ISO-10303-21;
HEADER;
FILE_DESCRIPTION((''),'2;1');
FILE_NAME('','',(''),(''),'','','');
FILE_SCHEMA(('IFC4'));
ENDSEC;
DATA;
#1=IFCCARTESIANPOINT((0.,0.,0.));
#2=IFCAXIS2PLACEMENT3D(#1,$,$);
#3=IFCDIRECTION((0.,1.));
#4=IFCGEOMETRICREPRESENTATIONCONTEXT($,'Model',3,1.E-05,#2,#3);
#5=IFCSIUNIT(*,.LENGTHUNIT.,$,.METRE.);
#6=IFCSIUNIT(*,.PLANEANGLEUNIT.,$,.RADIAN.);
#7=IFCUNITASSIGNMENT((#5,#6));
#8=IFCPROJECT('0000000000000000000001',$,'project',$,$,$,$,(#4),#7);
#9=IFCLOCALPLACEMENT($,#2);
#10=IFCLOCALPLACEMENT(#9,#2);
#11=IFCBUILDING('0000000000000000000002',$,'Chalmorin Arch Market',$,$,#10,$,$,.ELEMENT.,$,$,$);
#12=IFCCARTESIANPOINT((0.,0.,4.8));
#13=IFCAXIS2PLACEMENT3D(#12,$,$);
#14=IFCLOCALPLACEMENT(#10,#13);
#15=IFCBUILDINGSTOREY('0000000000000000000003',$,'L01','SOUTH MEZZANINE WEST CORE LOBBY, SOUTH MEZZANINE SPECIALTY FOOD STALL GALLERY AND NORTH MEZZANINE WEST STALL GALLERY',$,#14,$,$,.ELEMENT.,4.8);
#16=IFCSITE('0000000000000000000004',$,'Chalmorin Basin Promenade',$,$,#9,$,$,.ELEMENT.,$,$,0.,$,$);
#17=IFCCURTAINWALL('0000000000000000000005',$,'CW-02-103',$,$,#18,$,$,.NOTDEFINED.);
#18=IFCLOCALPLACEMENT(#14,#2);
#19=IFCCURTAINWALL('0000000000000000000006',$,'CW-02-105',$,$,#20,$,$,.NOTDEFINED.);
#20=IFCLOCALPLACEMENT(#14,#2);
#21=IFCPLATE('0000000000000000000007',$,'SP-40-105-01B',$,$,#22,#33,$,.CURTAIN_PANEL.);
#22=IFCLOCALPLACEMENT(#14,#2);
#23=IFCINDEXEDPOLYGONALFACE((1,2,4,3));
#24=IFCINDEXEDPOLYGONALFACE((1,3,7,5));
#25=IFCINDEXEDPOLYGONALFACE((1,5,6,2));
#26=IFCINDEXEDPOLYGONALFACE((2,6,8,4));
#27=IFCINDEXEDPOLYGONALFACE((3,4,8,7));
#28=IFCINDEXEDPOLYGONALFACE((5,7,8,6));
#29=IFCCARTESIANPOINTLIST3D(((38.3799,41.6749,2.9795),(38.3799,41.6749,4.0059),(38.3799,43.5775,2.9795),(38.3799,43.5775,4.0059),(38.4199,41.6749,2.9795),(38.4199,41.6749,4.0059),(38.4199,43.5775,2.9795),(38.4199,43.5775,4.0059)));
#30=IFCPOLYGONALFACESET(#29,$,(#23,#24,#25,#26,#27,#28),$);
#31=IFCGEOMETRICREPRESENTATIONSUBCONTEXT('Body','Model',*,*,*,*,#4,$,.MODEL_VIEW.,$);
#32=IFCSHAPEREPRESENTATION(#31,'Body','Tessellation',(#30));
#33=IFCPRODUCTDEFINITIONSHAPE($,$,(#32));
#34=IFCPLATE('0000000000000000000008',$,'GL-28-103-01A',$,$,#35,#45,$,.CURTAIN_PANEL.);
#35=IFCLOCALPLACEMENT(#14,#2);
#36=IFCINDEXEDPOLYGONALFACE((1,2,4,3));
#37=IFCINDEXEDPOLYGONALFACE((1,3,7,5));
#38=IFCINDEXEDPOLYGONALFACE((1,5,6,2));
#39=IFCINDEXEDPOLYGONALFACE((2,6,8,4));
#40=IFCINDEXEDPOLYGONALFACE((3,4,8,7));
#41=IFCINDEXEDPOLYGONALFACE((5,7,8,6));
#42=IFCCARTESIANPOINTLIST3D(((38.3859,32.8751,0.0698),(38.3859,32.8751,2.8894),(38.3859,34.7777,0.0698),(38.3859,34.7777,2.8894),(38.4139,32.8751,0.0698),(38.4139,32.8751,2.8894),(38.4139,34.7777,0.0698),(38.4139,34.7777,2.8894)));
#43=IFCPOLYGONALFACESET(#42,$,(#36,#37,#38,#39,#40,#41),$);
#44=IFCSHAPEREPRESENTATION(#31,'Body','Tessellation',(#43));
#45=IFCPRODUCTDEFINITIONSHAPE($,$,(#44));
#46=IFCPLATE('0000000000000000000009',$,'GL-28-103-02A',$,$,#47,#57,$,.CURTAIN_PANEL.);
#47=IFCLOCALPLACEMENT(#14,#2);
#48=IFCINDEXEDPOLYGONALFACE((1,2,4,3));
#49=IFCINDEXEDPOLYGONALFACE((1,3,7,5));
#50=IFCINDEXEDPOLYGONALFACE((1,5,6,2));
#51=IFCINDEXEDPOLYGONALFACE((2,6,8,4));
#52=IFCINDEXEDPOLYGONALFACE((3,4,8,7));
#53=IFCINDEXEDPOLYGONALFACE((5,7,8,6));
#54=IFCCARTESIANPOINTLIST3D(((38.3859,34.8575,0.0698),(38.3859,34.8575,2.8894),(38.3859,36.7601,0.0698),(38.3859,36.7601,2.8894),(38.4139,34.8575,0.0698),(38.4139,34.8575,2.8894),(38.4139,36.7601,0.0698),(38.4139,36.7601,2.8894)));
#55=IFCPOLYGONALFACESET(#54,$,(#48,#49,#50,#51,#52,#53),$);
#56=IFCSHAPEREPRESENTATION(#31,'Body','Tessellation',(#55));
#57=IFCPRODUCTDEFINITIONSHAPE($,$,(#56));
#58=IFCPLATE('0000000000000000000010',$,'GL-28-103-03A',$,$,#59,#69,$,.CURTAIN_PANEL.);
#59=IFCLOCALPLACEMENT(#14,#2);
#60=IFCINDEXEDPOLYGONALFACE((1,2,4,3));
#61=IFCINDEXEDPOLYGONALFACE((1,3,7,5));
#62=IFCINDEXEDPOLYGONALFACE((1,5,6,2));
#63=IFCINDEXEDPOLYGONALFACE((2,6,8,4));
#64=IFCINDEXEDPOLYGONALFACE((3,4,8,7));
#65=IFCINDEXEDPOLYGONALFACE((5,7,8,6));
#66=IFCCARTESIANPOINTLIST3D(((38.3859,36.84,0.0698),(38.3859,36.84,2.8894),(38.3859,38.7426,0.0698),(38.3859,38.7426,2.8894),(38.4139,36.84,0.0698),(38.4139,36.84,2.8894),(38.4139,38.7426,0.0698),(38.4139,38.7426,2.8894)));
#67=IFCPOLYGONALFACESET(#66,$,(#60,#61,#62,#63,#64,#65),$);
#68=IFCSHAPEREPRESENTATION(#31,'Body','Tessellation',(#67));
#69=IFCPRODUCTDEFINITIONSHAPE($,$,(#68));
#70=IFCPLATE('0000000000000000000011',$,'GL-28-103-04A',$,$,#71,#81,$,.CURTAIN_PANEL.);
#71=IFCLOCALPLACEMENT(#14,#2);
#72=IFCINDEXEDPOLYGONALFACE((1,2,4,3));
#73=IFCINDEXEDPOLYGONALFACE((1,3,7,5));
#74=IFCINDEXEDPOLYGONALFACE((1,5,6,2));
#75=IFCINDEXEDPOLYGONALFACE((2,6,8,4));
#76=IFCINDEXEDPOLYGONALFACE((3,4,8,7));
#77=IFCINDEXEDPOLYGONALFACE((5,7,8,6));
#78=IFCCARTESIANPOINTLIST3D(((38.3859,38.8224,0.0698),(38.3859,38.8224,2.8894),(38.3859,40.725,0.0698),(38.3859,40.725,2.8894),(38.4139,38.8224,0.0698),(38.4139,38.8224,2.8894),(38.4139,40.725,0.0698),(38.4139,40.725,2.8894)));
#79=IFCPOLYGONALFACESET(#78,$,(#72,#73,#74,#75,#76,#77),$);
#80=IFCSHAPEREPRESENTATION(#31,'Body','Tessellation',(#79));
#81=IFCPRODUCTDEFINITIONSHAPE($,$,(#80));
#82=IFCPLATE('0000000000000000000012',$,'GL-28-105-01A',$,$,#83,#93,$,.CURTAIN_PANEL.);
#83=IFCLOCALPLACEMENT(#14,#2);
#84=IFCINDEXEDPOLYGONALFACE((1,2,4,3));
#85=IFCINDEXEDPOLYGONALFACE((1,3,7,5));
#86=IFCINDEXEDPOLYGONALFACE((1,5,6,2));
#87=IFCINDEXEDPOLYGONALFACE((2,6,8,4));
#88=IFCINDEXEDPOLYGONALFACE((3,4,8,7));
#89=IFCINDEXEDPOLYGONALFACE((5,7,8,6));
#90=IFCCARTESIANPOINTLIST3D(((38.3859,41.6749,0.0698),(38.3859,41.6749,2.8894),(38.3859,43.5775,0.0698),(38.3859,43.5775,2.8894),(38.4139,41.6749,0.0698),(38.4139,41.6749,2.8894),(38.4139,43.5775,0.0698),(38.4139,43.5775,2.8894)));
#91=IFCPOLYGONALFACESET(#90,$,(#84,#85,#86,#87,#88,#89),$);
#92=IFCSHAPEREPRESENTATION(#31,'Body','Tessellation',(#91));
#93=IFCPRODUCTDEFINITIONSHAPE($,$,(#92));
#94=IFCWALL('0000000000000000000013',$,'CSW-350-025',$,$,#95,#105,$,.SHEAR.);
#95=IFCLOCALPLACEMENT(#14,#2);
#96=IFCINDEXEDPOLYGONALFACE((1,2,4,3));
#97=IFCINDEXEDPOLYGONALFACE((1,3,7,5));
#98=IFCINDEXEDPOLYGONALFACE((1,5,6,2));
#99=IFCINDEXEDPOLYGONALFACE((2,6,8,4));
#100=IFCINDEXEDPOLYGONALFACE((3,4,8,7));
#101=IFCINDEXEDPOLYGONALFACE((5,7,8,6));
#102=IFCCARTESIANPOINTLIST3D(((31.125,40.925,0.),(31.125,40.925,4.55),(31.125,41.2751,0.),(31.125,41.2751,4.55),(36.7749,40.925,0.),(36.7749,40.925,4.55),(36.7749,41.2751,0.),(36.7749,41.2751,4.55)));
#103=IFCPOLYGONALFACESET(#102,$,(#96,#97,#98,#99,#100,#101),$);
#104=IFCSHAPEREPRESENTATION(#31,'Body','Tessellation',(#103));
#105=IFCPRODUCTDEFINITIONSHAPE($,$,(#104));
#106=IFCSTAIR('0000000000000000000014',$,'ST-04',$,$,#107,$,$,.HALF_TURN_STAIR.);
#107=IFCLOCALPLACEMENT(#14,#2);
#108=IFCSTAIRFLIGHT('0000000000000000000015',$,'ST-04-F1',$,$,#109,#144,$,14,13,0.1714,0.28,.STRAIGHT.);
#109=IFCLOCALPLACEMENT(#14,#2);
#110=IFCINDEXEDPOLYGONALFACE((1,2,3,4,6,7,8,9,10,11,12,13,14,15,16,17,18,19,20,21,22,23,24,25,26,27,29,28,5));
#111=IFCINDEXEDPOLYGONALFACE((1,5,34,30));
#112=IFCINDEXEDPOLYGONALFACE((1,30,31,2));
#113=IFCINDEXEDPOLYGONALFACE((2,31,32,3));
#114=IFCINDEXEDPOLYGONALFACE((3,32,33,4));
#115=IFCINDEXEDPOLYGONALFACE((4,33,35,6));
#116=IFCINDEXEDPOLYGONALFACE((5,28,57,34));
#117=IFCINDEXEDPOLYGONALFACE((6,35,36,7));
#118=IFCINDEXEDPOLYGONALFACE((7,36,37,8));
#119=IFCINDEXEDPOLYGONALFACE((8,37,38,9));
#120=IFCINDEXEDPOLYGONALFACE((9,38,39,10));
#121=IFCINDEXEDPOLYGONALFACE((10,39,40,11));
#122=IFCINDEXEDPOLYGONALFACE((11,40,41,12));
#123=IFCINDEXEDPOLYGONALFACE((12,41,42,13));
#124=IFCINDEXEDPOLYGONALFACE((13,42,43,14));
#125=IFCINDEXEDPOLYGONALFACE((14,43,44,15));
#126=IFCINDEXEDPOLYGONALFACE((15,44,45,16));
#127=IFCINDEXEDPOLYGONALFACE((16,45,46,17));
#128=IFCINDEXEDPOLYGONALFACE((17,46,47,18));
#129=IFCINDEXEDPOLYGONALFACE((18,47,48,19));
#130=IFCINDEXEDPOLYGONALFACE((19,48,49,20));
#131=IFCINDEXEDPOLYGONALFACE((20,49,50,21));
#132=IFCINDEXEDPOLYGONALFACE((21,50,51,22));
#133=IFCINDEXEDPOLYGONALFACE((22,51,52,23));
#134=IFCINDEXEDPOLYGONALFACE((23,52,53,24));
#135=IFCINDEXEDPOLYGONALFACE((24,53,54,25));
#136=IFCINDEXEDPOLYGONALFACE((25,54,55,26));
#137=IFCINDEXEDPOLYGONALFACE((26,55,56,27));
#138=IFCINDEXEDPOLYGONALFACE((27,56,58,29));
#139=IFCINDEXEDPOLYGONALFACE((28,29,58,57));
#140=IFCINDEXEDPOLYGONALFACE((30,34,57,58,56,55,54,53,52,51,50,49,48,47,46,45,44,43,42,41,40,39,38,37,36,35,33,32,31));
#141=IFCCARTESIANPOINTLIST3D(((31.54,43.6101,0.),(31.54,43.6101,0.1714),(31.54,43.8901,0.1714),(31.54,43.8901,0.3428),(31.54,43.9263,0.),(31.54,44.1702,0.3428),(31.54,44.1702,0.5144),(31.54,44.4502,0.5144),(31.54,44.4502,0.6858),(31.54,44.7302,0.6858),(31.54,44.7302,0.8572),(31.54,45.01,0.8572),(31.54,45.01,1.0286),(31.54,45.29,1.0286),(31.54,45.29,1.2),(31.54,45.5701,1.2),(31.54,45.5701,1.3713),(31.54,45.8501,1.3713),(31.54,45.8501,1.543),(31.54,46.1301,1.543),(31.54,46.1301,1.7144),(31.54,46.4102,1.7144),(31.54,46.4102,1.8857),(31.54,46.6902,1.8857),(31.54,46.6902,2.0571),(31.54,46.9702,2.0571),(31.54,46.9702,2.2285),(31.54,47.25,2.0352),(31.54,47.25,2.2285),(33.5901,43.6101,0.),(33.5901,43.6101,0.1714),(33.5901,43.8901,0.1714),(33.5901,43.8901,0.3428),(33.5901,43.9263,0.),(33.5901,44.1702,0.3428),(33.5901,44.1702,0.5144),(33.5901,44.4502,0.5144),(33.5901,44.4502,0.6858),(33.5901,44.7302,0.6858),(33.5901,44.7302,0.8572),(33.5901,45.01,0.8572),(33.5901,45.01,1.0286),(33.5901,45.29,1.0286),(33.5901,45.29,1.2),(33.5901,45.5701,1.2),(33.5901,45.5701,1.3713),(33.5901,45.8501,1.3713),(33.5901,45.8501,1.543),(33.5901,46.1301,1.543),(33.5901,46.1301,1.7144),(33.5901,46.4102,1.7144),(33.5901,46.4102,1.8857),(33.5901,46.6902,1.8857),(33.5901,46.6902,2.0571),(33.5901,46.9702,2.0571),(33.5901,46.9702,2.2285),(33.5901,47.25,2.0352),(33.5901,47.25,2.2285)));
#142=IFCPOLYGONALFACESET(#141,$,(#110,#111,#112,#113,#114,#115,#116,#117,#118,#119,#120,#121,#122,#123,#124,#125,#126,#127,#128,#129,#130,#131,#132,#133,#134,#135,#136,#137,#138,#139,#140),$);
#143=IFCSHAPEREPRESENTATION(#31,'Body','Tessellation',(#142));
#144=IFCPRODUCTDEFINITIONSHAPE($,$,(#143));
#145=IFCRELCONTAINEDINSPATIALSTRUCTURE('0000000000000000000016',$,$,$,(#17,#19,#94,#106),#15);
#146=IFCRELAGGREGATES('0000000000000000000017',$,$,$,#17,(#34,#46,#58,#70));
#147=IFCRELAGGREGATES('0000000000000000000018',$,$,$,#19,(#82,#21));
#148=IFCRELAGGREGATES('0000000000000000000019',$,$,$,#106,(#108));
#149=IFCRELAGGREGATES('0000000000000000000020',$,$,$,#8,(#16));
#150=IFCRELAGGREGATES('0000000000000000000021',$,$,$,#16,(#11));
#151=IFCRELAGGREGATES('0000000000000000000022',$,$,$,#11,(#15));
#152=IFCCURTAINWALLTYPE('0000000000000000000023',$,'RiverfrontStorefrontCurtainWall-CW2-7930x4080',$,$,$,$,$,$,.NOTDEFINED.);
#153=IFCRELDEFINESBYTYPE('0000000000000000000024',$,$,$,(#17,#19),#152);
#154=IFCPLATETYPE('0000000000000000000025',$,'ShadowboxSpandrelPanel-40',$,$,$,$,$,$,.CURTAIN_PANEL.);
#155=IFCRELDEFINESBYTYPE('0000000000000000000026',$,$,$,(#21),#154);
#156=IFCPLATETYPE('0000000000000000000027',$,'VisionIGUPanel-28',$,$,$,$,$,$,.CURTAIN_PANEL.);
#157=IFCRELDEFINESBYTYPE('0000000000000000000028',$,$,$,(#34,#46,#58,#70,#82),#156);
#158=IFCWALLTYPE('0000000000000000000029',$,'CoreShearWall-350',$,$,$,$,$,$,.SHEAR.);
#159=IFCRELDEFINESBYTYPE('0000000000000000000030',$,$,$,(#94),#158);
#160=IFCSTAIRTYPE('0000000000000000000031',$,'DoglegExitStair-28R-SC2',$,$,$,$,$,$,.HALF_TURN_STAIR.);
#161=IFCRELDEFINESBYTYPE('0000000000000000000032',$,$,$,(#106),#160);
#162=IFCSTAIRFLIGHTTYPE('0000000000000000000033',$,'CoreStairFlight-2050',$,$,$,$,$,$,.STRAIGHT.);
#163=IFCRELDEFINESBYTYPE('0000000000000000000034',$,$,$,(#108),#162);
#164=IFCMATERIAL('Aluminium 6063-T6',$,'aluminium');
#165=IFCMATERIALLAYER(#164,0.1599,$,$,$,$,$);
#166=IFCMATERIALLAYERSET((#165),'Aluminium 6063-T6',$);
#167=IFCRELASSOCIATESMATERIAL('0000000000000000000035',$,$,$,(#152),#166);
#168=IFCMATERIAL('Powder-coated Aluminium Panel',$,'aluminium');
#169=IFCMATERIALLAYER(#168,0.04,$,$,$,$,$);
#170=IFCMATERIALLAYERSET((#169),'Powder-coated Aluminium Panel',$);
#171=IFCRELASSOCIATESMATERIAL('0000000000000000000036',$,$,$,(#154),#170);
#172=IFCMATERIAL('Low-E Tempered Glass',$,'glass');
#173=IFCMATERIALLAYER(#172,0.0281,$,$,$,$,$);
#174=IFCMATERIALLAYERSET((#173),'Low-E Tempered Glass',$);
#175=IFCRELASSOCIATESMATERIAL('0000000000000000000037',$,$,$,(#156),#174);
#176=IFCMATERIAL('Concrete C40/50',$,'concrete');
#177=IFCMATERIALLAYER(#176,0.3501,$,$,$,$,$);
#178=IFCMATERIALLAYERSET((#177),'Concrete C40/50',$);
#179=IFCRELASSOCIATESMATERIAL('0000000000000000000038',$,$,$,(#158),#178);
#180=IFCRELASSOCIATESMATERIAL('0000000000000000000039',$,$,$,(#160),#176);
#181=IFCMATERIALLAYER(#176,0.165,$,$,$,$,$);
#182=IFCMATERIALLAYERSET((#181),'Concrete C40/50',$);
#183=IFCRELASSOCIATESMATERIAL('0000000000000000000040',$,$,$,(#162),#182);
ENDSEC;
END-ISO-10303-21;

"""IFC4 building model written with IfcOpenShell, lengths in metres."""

from ifc_helpers import new_model, si_unit, direction, frame, frame_2d, origin, origin_2d, place, context, subcontext, project, spatial, polyline, rectangle, outline, extrude, material, layer, layer_set, type_object, element, aggregate, save


model = new_model("IFC4")

# Units and contexts
model_context = context("Model", 3, precision=1e-05, world=origin(), true_north=direction((0.0, 1.0)))
body_context = subcontext(model_context, "Body", "Model", "MODEL_VIEW")
ifc_project = project(units=[si_unit("LENGTHUNIT", "METRE"), si_unit("PLANEANGLEUNIT", "RADIAN")], contexts=[model_context])

# Site, building, storey
site_placement = place(None, origin())
site = spatial("IfcSite", under=ifc_project, at=site_placement, Name="Chalmorin Basin Promenade", CompositionType="ELEMENT", RefElevation=0.0)
building_placement = place(site_placement, origin())
building = spatial("IfcBuilding", under=site, at=building_placement, Name="Chalmorin Arch Market", CompositionType="ELEMENT")
storey_placement = place(building_placement, frame((0.0, 0.0, 4.8)))
storey = spatial("IfcBuildingStorey", under=building, at=storey_placement, Name="L01", Description="SOUTH MEZZANINE WEST CORE LOBBY, SOUTH MEZZANINE SPECIALTY FOOD STALL GALLERY AND NORTH MEZZANINE WEST STALL GALLERY", CompositionType="ELEMENT", Elevation=4.8)

# Shared definitions
ifc_material_1 = material(Name="Concrete C40/50", Category="concrete")

# Curtain wall
ifc_material_2 = material(Name="Aluminium 6063-T6", Category="aluminium")
ifc_layer_1 = layer(ifc_material_2, 0.1599)
ifc_layer_set_1 = layer_set([ifc_layer_1], Name="Aluminium 6063-T6")
curtain_wall_type = type_object("IfcCurtainWallType", Name="RiverfrontStorefrontCurtainWall-CW2-7930x4080", PredefinedType="NOTDEFINED", material=ifc_layer_set_1)
curtain_wall_1_placement = place(storey_placement, origin())
curtain_wall_1 = element("IfcCurtainWall", 1, at=curtain_wall_1_placement, inside=storey, type_object=curtain_wall_type, Name="CW-02-103", PredefinedType="NOTDEFINED")

# Curtain wall
curtain_wall_2_placement = place(storey_placement, origin())
curtain_wall_2 = element("IfcCurtainWall", 2, at=curtain_wall_2_placement, inside=storey, type_object=curtain_wall_type, Name="CW-02-105", PredefinedType="NOTDEFINED")

# Plates
ifc_material_3 = material(Name="Powder-coated Aluminium Panel", Category="aluminium")
ifc_layer_2 = layer(ifc_material_3, 0.04)
ifc_layer_set_2 = layer_set([ifc_layer_2], Name="Powder-coated Aluminium Panel")
plate_type_1 = type_object("IfcPlateType", Name="ShadowboxSpandrelPanel-40", PredefinedType="CURTAIN_PANEL", material=ifc_layer_set_2)
plate_1_placement = place(storey_placement, frame((38.3999, 42.6262, 2.9795), z_axis=(0.0, 0.0, 1.0), x_axis=(0.0, 1.0, 0.0)))
plate_1 = element("IfcPlate", 3, at=plate_1_placement, type_object=plate_type_1, Name="SP-40-105-01B", PredefinedType="CURTAIN_PANEL", context=body_context, shape_type="SweptSolid", body=[
    extrude(rectangle(XDim=1.9026, YDim=0.04, at=origin_2d()), origin(), (0.0, 0.0, 1.0), 1.0264),
])
ifc_material_4 = material(Name="Low-E Tempered Glass", Category="glass")
ifc_layer_3 = layer(ifc_material_4, 0.0281)
ifc_layer_set_3 = layer_set([ifc_layer_3], Name="Low-E Tempered Glass")
plate_type_2 = type_object("IfcPlateType", Name="VisionIGUPanel-28", PredefinedType="CURTAIN_PANEL", material=ifc_layer_set_3)
plate_2_placement = place(storey_placement, frame((38.3999, 33.8264, 0.0698), z_axis=(0.0, 0.0, 1.0), x_axis=(0.0, 1.0, 0.0)))
plate_2 = element("IfcPlate", 4, at=plate_2_placement, type_object=plate_type_2, Name="GL-28-103-01A", PredefinedType="CURTAIN_PANEL", context=body_context, shape_type="SweptSolid", body=[
    extrude(rectangle(XDim=1.9026, YDim=0.0281, at=origin_2d()), origin(), (0.0, 0.0, 1.0), 2.8196),
])
plate_3_placement = place(storey_placement, frame((38.3999, 35.8088, 0.0698), z_axis=(0.0, 0.0, 1.0), x_axis=(0.0, 1.0, 0.0)))
plate_3 = element("IfcPlate", 5, at=plate_3_placement, type_object=plate_type_2, Name="GL-28-103-02A", PredefinedType="CURTAIN_PANEL", context=body_context, shape_type="SweptSolid", body=[
    extrude(rectangle(XDim=1.9026, YDim=0.0281, at=origin_2d()), origin(), (0.0, 0.0, 1.0), 2.8196),
])
plate_4_placement = place(storey_placement, frame((38.3999, 37.7913, 0.0698), z_axis=(0.0, 0.0, 1.0), x_axis=(0.0, 1.0, 0.0)))
plate_4 = element("IfcPlate", 6, at=plate_4_placement, type_object=plate_type_2, Name="GL-28-103-03A", PredefinedType="CURTAIN_PANEL", context=body_context, shape_type="SweptSolid", body=[
    extrude(rectangle(XDim=1.9026, YDim=0.0281, at=origin_2d()), origin(), (0.0, 0.0, 1.0), 2.8196),
])
plate_5_placement = place(storey_placement, frame((38.3999, 39.7737, 0.0698), z_axis=(0.0, 0.0, 1.0), x_axis=(0.0, 1.0, 0.0)))
plate_5 = element("IfcPlate", 7, at=plate_5_placement, type_object=plate_type_2, Name="GL-28-103-04A", PredefinedType="CURTAIN_PANEL", context=body_context, shape_type="SweptSolid", body=[
    extrude(rectangle(XDim=1.9026, YDim=0.0281, at=origin_2d()), origin(), (0.0, 0.0, 1.0), 2.8196),
])
aggregate(curtain_wall_1, [plate_2, plate_3, plate_4, plate_5])
plate_6_placement = place(storey_placement, frame((38.3999, 42.6262, 0.0698), z_axis=(0.0, 0.0, 1.0), x_axis=(0.0, 1.0, 0.0)))
plate_6 = element("IfcPlate", 8, at=plate_6_placement, type_object=plate_type_2, Name="GL-28-105-01A", PredefinedType="CURTAIN_PANEL", context=body_context, shape_type="SweptSolid", body=[
    extrude(rectangle(XDim=1.9026, YDim=0.0281, at=origin_2d()), origin(), (0.0, 0.0, 1.0), 2.8196),
])
aggregate(curtain_wall_2, [plate_6, plate_1])

# Wall
ifc_layer_4 = layer(ifc_material_1, 0.3501)
ifc_layer_set_4 = layer_set([ifc_layer_4], Name="Concrete C40/50")
wall_type = type_object("IfcWallType", Name="CoreShearWall-350", PredefinedType="SHEAR", material=ifc_layer_set_4)
wall_1_placement = place(storey_placement, frame((36.7749, 41.1001, 0.0), z_axis=(0.0, 0.0, 1.0), x_axis=(-1.0, 0.0, 0.0)))
element("IfcWall", 9, at=wall_1_placement, inside=storey, type_object=wall_type, Name="CSW-350-025", PredefinedType="SHEAR", context=body_context, shape_type="SweptSolid", body=[
    extrude(rectangle(XDim=5.6499, YDim=0.3501, at=frame_2d((2.825, 0.0))), origin(), (0.0, 0.0, 1.0), 4.55),
])

# Stair, stair flight
stair_type = type_object("IfcStairType", Name="DoglegExitStair-28R-SC2", PredefinedType="HALF_TURN_STAIR", material=ifc_material_1)
stair_placement = place(storey_placement, origin())
stair = element("IfcStair", 10, at=stair_placement, inside=storey, type_object=stair_type, Name="ST-04", PredefinedType="HALF_TURN_STAIR")
ifc_layer_5 = layer(ifc_material_1, 0.165)
ifc_layer_set_5 = layer_set([ifc_layer_5], Name="Concrete C40/50")
stair_flight_type = type_object("IfcStairFlightType", Name="CoreStairFlight-2050", PredefinedType="STRAIGHT", material=ifc_layer_set_5)
stair_flight_placement = place(storey_placement, frame((32.5649, 43.6101, 0.0), z_axis=(0.0, 0.0, 1.0), x_axis=(0.0, 1.0, 0.0)))
stair_flight = element("IfcStairFlight", 11, at=stair_flight_placement, type_object=stair_flight_type, Name="ST-04-F1", NumberOfRisers=14, NumberOfTreads=13, PredefinedType="STRAIGHT", RiserHeight=0.1714, TreadLength=0.28, context=body_context, shape_type="SweptSolid", body=[
    extrude(outline(polyline([(0.0, 0.0), (0.0, 0.1714), (0.28, 0.1714), (0.28, 0.3428), (0.5601, 0.3428), (0.5601, 0.5144), (0.8401, 0.5144), (0.8401, 0.6858), (1.1201, 0.6858), (1.1201, 0.8572), (1.3999, 0.8572), (1.3999, 1.0286), (1.6799, 1.0286), (1.6799, 1.2), (1.96, 1.2), (1.96, 1.3713), (2.24, 1.3713), (2.24, 1.543), (2.52, 1.543), (2.52, 1.7144), (2.8, 1.7144), (2.8, 1.8857), (3.0801, 1.8857), (3.0801, 2.0571), (3.3601, 2.0571), (3.3601, 2.2285), (3.6399, 2.2285), (3.6399, 2.3999), (3.6399, 2.0352), (0.3162, 0.0), (0.0, 0.0)])), frame((0.0, 1.0249, 0.0), z_axis=(0.0, -1.0, 0.0), x_axis=(1.0, 0.0, 0.0)), (0.0, 0.0, 1.0), 2.05),
])
aggregate(stair, [stair_flight])

save(model, "model.ifc")
